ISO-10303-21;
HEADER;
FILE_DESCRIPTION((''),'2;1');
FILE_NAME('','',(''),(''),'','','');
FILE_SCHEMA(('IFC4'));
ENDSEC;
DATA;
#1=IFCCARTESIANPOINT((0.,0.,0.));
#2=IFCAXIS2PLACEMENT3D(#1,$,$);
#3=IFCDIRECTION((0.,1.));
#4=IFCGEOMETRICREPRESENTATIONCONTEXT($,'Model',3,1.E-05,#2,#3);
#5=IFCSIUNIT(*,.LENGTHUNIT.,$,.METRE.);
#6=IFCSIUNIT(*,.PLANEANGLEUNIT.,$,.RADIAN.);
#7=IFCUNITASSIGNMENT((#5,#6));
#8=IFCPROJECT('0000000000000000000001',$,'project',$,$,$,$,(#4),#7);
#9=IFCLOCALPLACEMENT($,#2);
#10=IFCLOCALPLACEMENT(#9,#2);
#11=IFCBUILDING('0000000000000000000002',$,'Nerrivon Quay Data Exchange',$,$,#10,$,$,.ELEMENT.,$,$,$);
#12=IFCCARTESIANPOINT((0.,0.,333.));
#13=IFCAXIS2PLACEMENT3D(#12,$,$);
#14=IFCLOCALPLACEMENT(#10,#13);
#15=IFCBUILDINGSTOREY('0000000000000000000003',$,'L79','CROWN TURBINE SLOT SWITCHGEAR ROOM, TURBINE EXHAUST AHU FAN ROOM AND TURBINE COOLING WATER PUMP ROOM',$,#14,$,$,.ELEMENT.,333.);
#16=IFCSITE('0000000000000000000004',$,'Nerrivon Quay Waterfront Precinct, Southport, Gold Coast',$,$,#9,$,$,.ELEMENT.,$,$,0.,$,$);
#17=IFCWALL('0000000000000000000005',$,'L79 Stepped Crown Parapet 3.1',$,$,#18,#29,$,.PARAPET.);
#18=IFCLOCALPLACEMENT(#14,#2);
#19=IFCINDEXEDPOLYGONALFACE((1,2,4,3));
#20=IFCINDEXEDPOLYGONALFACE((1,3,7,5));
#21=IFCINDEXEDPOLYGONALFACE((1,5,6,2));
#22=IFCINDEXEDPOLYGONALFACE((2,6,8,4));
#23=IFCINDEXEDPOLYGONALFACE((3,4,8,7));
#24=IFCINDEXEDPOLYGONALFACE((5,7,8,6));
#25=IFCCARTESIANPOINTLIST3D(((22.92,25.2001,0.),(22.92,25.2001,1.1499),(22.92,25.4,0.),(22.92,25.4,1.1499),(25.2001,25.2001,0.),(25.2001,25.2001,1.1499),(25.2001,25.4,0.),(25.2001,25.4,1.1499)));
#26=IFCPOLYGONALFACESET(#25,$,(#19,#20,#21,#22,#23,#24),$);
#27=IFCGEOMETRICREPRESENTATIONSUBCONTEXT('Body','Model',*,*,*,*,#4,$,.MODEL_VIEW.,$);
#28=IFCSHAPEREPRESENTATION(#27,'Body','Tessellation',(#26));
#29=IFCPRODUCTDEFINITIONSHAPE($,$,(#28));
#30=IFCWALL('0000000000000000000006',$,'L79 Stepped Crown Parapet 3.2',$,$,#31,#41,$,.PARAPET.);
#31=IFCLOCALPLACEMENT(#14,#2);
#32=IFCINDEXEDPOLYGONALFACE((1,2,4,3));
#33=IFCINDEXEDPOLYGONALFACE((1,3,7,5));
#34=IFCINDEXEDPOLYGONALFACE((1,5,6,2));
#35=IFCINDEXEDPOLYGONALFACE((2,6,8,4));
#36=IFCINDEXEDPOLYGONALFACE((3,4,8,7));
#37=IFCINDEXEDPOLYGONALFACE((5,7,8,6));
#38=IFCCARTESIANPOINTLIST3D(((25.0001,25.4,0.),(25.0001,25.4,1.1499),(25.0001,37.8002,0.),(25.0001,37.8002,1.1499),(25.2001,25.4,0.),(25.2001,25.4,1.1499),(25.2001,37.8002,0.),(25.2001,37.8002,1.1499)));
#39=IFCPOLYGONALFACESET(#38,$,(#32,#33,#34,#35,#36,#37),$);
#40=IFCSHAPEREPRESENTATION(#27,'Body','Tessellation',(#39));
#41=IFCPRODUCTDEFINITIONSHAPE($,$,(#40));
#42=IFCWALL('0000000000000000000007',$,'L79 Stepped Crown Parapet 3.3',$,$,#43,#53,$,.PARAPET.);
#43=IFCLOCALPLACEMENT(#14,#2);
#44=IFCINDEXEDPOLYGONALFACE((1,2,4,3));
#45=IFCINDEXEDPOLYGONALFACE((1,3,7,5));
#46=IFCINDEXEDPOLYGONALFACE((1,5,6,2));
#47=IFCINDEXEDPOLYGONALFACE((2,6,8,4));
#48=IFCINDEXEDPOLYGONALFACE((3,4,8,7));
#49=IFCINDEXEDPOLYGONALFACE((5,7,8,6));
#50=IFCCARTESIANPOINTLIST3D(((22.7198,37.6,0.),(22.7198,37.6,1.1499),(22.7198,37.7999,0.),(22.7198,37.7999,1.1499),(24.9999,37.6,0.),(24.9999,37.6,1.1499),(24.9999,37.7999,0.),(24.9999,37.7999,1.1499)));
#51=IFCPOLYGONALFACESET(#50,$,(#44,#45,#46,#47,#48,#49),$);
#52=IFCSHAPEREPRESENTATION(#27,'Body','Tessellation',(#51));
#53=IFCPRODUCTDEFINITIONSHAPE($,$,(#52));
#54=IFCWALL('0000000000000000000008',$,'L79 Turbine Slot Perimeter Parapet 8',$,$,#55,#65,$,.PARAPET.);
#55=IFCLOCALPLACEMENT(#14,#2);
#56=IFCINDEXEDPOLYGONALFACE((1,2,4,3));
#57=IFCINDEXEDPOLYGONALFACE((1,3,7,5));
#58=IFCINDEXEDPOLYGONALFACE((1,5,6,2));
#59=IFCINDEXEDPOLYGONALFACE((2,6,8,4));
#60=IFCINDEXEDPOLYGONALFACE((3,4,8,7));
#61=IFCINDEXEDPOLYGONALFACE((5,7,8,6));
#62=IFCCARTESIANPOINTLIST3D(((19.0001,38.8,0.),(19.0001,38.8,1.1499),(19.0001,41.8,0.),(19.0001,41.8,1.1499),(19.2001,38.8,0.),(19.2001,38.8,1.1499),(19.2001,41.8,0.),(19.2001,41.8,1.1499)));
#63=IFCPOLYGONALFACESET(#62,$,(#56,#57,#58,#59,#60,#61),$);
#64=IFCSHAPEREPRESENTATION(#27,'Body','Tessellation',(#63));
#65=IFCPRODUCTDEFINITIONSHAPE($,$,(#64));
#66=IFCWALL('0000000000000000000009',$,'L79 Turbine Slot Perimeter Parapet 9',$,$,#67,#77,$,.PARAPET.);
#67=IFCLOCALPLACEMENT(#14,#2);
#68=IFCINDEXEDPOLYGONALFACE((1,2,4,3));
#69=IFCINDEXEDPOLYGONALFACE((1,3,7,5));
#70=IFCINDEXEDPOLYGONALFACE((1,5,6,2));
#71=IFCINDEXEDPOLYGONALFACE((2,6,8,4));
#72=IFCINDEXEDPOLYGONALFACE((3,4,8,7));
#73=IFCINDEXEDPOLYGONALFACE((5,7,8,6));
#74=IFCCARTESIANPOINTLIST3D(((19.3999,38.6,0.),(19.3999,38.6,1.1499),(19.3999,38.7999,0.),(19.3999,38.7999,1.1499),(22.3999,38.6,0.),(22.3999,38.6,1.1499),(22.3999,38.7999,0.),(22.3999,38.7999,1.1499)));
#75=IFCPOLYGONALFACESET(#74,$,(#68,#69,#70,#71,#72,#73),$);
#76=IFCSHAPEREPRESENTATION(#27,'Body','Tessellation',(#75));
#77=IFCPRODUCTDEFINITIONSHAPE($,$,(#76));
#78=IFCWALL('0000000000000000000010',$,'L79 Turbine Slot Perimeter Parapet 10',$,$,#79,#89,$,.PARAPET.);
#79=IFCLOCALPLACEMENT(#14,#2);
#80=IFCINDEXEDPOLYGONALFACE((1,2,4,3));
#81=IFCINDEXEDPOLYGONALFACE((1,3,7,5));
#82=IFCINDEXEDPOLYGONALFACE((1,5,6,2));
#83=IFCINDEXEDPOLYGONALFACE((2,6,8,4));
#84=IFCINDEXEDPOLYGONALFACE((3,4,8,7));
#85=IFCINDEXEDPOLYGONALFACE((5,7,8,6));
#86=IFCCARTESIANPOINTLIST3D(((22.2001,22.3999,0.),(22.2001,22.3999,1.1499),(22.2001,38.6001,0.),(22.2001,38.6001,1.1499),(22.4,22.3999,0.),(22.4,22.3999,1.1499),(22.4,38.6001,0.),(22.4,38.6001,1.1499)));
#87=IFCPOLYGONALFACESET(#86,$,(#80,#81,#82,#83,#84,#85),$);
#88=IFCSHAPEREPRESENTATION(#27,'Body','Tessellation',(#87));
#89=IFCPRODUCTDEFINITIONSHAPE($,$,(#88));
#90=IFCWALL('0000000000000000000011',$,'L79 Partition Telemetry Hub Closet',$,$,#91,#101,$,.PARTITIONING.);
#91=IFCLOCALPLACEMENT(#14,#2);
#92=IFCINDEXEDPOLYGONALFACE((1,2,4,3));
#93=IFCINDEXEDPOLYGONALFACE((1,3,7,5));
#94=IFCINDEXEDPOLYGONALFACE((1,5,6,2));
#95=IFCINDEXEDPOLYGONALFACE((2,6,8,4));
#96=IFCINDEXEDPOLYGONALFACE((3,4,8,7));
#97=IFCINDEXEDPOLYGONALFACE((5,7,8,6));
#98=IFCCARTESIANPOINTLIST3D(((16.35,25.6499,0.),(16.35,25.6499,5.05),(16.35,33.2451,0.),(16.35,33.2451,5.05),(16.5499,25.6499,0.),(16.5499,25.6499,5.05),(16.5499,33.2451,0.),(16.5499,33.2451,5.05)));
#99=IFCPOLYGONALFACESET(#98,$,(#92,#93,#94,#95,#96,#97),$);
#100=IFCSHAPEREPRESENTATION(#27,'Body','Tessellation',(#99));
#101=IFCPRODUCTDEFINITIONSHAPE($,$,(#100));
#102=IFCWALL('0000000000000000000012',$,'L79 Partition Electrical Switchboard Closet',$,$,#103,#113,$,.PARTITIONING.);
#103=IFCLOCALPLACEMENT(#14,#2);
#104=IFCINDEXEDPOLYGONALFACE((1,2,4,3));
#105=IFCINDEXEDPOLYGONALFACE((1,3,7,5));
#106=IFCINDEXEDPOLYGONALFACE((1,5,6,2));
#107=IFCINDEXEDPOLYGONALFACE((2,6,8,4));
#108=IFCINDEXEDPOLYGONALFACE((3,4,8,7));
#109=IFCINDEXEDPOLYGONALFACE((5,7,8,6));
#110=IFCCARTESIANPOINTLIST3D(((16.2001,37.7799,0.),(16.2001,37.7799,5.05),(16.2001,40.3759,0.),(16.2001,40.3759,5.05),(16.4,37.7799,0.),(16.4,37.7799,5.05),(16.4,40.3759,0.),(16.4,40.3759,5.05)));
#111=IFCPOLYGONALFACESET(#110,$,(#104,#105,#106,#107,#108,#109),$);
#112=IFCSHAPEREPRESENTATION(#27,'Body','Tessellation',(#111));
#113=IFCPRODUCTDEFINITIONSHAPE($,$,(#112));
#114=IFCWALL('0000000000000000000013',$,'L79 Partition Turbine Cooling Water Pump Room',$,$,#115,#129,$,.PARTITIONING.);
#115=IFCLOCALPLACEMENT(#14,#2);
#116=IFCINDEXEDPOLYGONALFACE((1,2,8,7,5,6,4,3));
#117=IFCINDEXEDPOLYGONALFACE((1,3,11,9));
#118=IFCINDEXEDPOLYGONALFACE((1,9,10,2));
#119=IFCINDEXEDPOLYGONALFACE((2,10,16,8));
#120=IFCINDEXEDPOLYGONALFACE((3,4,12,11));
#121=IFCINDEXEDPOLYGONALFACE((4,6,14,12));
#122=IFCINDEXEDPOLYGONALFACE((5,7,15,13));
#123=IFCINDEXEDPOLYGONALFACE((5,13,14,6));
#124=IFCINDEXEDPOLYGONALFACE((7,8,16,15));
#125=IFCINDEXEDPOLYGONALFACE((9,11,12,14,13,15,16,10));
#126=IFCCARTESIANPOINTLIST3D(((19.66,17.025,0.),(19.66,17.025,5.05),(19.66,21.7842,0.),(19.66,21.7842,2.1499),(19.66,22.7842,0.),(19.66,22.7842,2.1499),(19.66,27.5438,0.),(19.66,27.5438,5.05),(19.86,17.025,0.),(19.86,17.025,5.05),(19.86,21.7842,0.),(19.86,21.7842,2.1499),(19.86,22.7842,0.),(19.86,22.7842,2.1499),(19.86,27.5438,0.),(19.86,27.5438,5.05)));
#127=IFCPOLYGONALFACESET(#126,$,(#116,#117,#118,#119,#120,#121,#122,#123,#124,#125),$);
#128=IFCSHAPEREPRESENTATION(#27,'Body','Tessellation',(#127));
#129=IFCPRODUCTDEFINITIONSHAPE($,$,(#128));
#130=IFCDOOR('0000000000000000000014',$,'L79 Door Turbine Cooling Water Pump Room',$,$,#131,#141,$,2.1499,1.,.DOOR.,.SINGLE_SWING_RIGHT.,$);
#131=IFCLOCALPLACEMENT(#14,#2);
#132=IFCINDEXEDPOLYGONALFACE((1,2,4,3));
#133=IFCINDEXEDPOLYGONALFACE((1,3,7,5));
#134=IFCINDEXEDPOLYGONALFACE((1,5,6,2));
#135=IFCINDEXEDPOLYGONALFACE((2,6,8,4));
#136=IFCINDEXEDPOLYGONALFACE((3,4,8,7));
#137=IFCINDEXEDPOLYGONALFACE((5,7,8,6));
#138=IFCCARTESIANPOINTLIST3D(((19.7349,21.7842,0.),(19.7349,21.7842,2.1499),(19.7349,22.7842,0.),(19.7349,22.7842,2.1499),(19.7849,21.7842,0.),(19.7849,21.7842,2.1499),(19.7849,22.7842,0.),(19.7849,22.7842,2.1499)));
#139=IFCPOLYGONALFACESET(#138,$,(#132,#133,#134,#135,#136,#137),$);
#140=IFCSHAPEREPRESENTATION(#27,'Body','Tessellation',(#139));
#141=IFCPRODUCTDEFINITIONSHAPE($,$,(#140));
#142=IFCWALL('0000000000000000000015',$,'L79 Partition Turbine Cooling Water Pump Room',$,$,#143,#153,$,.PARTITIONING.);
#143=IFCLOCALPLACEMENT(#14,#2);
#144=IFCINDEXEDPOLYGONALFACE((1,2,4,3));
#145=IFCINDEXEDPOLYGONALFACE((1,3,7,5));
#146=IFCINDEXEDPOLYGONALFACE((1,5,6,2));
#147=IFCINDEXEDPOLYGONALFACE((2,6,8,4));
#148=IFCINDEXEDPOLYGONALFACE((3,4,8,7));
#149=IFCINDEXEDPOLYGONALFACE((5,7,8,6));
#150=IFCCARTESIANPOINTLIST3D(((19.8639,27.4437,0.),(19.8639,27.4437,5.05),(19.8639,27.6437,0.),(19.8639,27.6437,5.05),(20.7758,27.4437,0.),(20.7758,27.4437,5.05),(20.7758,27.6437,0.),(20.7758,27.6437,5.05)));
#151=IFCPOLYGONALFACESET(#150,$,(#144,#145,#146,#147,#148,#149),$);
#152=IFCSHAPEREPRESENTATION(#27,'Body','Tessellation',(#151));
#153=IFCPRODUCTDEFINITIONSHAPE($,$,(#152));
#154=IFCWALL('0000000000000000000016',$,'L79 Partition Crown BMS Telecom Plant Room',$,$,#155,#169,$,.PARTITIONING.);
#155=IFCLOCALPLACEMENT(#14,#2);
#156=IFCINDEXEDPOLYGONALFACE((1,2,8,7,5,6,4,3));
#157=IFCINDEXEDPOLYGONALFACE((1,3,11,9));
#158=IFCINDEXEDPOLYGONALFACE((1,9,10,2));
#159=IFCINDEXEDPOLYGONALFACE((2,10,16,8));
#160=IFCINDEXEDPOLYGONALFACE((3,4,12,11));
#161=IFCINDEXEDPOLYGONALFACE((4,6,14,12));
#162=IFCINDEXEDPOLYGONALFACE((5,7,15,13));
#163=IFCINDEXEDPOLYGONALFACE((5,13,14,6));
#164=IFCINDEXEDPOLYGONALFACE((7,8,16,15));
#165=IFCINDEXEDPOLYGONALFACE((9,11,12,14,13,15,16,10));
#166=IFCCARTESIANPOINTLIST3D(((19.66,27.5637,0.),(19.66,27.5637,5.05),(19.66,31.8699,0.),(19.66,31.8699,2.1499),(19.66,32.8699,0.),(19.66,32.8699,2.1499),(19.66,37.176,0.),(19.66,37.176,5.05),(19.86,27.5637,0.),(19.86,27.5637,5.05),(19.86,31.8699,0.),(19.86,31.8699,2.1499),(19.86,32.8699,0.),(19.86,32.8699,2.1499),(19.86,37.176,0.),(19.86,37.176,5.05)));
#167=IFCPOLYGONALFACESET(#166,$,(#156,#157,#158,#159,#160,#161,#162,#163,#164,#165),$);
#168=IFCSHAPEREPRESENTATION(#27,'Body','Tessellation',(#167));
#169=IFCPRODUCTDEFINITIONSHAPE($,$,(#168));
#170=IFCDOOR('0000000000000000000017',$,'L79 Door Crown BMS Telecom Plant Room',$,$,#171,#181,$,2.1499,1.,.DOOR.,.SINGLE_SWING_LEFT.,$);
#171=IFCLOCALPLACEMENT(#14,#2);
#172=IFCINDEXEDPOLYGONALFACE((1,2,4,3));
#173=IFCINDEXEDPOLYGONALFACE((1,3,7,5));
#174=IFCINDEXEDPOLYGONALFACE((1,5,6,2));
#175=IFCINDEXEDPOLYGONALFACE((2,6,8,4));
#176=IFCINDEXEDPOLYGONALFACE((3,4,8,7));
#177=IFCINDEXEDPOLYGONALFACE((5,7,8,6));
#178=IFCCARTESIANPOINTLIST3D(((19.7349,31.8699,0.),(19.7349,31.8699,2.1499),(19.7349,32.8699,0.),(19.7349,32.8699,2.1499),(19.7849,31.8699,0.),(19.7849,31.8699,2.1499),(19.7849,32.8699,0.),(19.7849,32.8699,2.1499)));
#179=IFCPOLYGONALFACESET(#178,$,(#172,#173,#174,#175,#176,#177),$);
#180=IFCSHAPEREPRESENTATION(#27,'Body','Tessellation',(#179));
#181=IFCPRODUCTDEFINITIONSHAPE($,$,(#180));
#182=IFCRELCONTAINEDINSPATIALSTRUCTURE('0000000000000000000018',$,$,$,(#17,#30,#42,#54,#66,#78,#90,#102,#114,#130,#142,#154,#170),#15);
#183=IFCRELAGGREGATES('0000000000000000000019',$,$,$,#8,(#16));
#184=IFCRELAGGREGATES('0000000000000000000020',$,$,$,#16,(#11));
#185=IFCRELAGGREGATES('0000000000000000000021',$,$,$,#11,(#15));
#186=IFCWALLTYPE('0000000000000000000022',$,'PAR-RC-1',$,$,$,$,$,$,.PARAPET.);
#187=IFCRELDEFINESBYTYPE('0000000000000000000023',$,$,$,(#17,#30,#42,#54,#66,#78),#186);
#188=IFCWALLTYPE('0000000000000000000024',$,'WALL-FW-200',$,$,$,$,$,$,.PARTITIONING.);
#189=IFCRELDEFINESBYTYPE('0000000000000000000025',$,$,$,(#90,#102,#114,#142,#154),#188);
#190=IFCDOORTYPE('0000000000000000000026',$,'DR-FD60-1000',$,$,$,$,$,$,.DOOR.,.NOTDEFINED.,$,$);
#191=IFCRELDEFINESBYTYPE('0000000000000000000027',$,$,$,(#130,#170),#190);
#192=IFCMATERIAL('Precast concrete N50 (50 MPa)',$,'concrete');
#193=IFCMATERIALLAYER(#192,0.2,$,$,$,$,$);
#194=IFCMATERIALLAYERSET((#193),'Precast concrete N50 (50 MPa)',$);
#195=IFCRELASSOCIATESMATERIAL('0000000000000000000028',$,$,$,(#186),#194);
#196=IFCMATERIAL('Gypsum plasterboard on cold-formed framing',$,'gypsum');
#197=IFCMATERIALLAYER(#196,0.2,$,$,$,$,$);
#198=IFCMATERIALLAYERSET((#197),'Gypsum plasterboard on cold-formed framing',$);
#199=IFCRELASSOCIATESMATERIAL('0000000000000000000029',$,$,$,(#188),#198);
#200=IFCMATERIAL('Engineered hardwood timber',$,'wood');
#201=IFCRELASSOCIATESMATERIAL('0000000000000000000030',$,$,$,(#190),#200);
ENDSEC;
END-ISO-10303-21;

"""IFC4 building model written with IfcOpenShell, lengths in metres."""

from ifc_helpers import new_model, si_unit, direction, frame, frame_2d, origin, place, context, subcontext, project, spatial, rectangle, extrude, material, layer, layer_set, type_object, element, fill, save


model = new_model("IFC4")

# Units and contexts
model_context = context("Model", 3, precision=1e-05, world=origin(), true_north=direction((0.0, 1.0)))
body_context = subcontext(model_context, "Body", "Model", "MODEL_VIEW")
ifc_project = project(units=[si_unit("LENGTHUNIT", "METRE"), si_unit("PLANEANGLEUNIT", "RADIAN")], contexts=[model_context])

# Site, building, storey
site_placement = place(None, origin())
site = spatial("IfcSite", under=ifc_project, at=site_placement, Name="Nerrivon Quay Waterfront Precinct, Southport, Gold Coast", CompositionType="ELEMENT", RefElevation=0.0)
building_placement = place(site_placement, origin())
building = spatial("IfcBuilding", under=site, at=building_placement, Name="Nerrivon Quay Data Exchange", CompositionType="ELEMENT")
storey_placement = place(building_placement, frame((0.0, 0.0, 333.0)))
storey = spatial("IfcBuildingStorey", under=building, at=storey_placement, Name="L79", Description="CROWN TURBINE SLOT SWITCHGEAR ROOM, TURBINE EXHAUST AHU FAN ROOM AND TURBINE COOLING WATER PUMP ROOM", CompositionType="ELEMENT", Elevation=333.0)

# Walls
ifc_material_1 = material(Name="Precast concrete N50 (50 MPa)", Category="concrete")
ifc_layer_1 = layer(ifc_material_1, 0.2)
ifc_layer_set_1 = layer_set([ifc_layer_1], Name="Precast concrete N50 (50 MPa)")
wall_type_1 = type_object("IfcWallType", Name="PAR-RC-1", PredefinedType="PARAPET", material=ifc_layer_set_1)
wall_1_placement = place(storey_placement, frame((22.9199, 25.3, 0.0), z_axis=(0.0, 0.0, 1.0), x_axis=(1.0, 0.0, 0.0)))
element("IfcWall", 1, at=wall_1_placement, inside=storey, type_object=wall_type_1, Name="L79 Stepped Crown Parapet 3.1", PredefinedType="PARAPET", context=body_context, shape_type="SweptSolid", body=[
    extrude(rectangle(XDim=2.28, YDim=0.2, at=frame_2d((1.1401, 0.0))), origin(), (0.0, 0.0, 1.0), 1.1499),
])
wall_2_placement = place(storey_placement, frame((25.1001, 25.3999, 0.0), z_axis=(0.0, 0.0, 1.0), x_axis=(0.0, 1.0, 0.0)))
element("IfcWall", 2, at=wall_2_placement, inside=storey, type_object=wall_type_1, Name="L79 Stepped Crown Parapet 3.2", PredefinedType="PARAPET", context=body_context, shape_type="SweptSolid", body=[
    extrude(rectangle(XDim=12.4001, YDim=0.2, at=frame_2d((6.2002, 0.0))), origin(), (0.0, 0.0, 1.0), 1.1499),
])
wall_3_placement = place(storey_placement, frame((25.0, 37.7, 0.0), z_axis=(0.0, 0.0, 1.0), x_axis=(-1.0, 0.0, 0.0)))
element("IfcWall", 3, at=wall_3_placement, inside=storey, type_object=wall_type_1, Name="L79 Stepped Crown Parapet 3.3", PredefinedType="PARAPET", context=body_context, shape_type="SweptSolid", body=[
    extrude(rectangle(XDim=2.28, YDim=0.2, at=frame_2d((1.1401, 0.0))), origin(), (0.0, 0.0, 1.0), 1.1499),
])
for number, where, z_axis, x_axis, name in (
    (4, (19.1001, 41.8, 0.0), (0.0, 0.0, 1.0), (0.0, -1.0, 0.0), "L79 Turbine Slot Perimeter Parapet 8"),
    (5, (19.3999, 38.7, 0.0), (0.0, 0.0, 1.0), (1.0, 0.0, 0.0), "L79 Turbine Slot Perimeter Parapet 9"),
):
    element("IfcWall", number, at=place(storey_placement, frame(where, z_axis=z_axis, x_axis=x_axis)), inside=storey, type_object=wall_type_1, Name=name, PredefinedType="PARAPET", context=body_context, shape_type="SweptSolid", body=[
        extrude(rectangle(XDim=3.0, YDim=0.2, at=frame_2d((1.5, 0.0))), origin(), (0.0, 0.0, 1.0), 1.1499),
    ])
wall_4_placement = place(storey_placement, frame((22.3, 38.6001, 0.0), z_axis=(0.0, 0.0, 1.0), x_axis=(0.0, -1.0, 0.0)))
element("IfcWall", 6, at=wall_4_placement, inside=storey, type_object=wall_type_1, Name="L79 Turbine Slot Perimeter Parapet 10", PredefinedType="PARAPET", context=body_context, shape_type="SweptSolid", body=[
    extrude(rectangle(XDim=16.2002, YDim=0.2, at=frame_2d((8.1001, 0.0))), origin(), (0.0, 0.0, 1.0), 1.1499),
])

# Walls
ifc_material_2 = material(Name="Gypsum plasterboard on cold-formed framing", Category="gypsum")
ifc_layer_2 = layer(ifc_material_2, 0.2)
ifc_layer_set_2 = layer_set([ifc_layer_2], Name="Gypsum plasterboard on cold-formed framing")
wall_type_2 = type_object("IfcWallType", Name="WALL-FW-200", PredefinedType="PARTITIONING", material=ifc_layer_set_2)
wall_5_placement = place(storey_placement, frame((16.45, 25.6499, 0.0), z_axis=(0.0, 0.0, 1.0), x_axis=(0.0, 1.0, 0.0)))
element("IfcWall", 7, at=wall_5_placement, inside=storey, type_object=wall_type_2, Name="L79 Partition Telemetry Hub Closet", PredefinedType="PARTITIONING", context=body_context, shape_type="SweptSolid", body=[
    extrude(rectangle(XDim=7.5952, YDim=0.2, at=frame_2d((3.7976, 0.0))), origin(), (0.0, 0.0, 1.0), 5.05),
])
wall_6_placement = place(storey_placement, frame((16.3, 37.78, 0.0), z_axis=(0.0, 0.0, 1.0), x_axis=(0.0, 1.0, 0.0)))
element("IfcWall", 8, at=wall_6_placement, inside=storey, type_object=wall_type_2, Name="L79 Partition Electrical Switchboard Closet", PredefinedType="PARTITIONING", context=body_context, shape_type="SweptSolid", body=[
    extrude(rectangle(XDim=2.5959, YDim=0.2, at=frame_2d((1.2979, 0.0))), origin(), (0.0, 0.0, 1.0), 5.05),
])

# Wall, opening, door
wall_7_placement = place(storey_placement, frame((19.76, 27.5437, 0.0), z_axis=(0.0, 0.0, 1.0), x_axis=(0.0, -1.0, 0.0)))
wall_7 = element("IfcWall", 9, at=wall_7_placement, inside=storey, type_object=wall_type_2, Name="L79 Partition Turbine Cooling Water Pump Room", PredefinedType="PARTITIONING", context=body_context, shape_type="SweptSolid", body=[
    extrude(rectangle(XDim=10.5188, YDim=0.2, at=frame_2d((5.2593, 0.0))), origin(), (0.0, 0.0, 1.0), 5.05),
])
opening_1_placement = place(wall_7_placement, frame((4.7595, 0.0, 0.0)))
opening_1 = element("IfcOpeningElement", 10, at=opening_1_placement, cuts=wall_7, PredefinedType="OPENING", context=body_context, shape_type="SweptSolid", body=[
    extrude(rectangle(XDim=1.0, YDim=2.1499, at=frame_2d((0.5, 1.075))), frame((0.0, 0.1099, 0.0), z_axis=(0.0, -1.0, 0.0), x_axis=(1.0, 0.0, 0.0)), (0.0, 0.0, 1.0), 0.22),
])
ifc_material_3 = material(Name="Engineered hardwood timber", Category="wood")
door_type_1 = type_object("IfcDoorType", Name="DR-FD60-1000", OperationType="NOTDEFINED", PredefinedType="DOOR", material=ifc_material_3)
door_1_placement = place(opening_1_placement, origin())
door_1 = element("IfcDoor", 11, at=door_1_placement, inside=storey, type_object=door_type_1, Name="L79 Door Turbine Cooling Water Pump Room", OperationType="SINGLE_SWING_RIGHT", OverallHeight=2.1499, OverallWidth=1.0, PredefinedType="DOOR", context=body_context, shape_type="SweptSolid", body=[
    extrude(rectangle(XDim=1.0, YDim=2.1499, at=frame_2d((0.5, 1.075))), frame((0.0, 0.0249, 0.0), z_axis=(0.0, -1.0, 0.0), x_axis=(1.0, 0.0, 0.0)), (0.0, 0.0, 1.0), 0.05),
])
fill(opening_1, door_1)

# Wall
wall_8_placement = place(storey_placement, frame((20.7759, 27.5437, 0.0), z_axis=(0.0, 0.0, 1.0), x_axis=(-1.0, 0.0, 0.0)))
element("IfcWall", 12, at=wall_8_placement, inside=storey, type_object=wall_type_2, Name="L79 Partition Turbine Cooling Water Pump Room", PredefinedType="PARTITIONING", context=body_context, shape_type="SweptSolid", body=[
    extrude(rectangle(XDim=0.9119, YDim=0.2, at=frame_2d((0.4561, 0.0))), origin(), (0.0, 0.0, 1.0), 5.05),
])

# Wall, opening, door
wall_9_placement = place(storey_placement, frame((19.76, 37.176, 0.0), z_axis=(0.0, 0.0, 1.0), x_axis=(0.0, -1.0, 0.0)))
wall_9 = element("IfcWall", 13, at=wall_9_placement, inside=storey, type_object=wall_type_2, Name="L79 Partition Crown BMS Telecom Plant Room", PredefinedType="PARTITIONING", context=body_context, shape_type="SweptSolid", body=[
    extrude(rectangle(XDim=9.6123, YDim=0.2, at=frame_2d((4.8062, 0.0))), origin(), (0.0, 0.0, 1.0), 5.05),
])
opening_2_placement = place(wall_9_placement, frame((4.3062, 0.0, 0.0)))
opening_2 = element("IfcOpeningElement", 14, at=opening_2_placement, cuts=wall_9, PredefinedType="OPENING", context=body_context, shape_type="SweptSolid", body=[
    extrude(rectangle(XDim=1.0, YDim=2.1499, at=frame_2d((0.5, 1.075))), frame((0.0, 0.1099, 0.0), z_axis=(0.0, -1.0, 0.0), x_axis=(1.0, 0.0, 0.0)), (0.0, 0.0, 1.0), 0.22),
])
door_2_placement = place(opening_2_placement, origin())
door_2 = element("IfcDoor", 15, at=door_2_placement, inside=storey, type_object=door_type_1, Name="L79 Door Crown BMS Telecom Plant Room", OperationType="SINGLE_SWING_LEFT", OverallHeight=2.1499, OverallWidth=1.0, PredefinedType="DOOR", context=body_context, shape_type="SweptSolid", body=[
    extrude(rectangle(XDim=1.0, YDim=2.1499, at=frame_2d((0.5, 1.075))), frame((0.0, 0.0249, 0.0), z_axis=(0.0, -1.0, 0.0), x_axis=(1.0, 0.0, 0.0)), (0.0, 0.0, 1.0), 0.05),
])
fill(opening_2, door_2)

save(model, "model.ifc")
